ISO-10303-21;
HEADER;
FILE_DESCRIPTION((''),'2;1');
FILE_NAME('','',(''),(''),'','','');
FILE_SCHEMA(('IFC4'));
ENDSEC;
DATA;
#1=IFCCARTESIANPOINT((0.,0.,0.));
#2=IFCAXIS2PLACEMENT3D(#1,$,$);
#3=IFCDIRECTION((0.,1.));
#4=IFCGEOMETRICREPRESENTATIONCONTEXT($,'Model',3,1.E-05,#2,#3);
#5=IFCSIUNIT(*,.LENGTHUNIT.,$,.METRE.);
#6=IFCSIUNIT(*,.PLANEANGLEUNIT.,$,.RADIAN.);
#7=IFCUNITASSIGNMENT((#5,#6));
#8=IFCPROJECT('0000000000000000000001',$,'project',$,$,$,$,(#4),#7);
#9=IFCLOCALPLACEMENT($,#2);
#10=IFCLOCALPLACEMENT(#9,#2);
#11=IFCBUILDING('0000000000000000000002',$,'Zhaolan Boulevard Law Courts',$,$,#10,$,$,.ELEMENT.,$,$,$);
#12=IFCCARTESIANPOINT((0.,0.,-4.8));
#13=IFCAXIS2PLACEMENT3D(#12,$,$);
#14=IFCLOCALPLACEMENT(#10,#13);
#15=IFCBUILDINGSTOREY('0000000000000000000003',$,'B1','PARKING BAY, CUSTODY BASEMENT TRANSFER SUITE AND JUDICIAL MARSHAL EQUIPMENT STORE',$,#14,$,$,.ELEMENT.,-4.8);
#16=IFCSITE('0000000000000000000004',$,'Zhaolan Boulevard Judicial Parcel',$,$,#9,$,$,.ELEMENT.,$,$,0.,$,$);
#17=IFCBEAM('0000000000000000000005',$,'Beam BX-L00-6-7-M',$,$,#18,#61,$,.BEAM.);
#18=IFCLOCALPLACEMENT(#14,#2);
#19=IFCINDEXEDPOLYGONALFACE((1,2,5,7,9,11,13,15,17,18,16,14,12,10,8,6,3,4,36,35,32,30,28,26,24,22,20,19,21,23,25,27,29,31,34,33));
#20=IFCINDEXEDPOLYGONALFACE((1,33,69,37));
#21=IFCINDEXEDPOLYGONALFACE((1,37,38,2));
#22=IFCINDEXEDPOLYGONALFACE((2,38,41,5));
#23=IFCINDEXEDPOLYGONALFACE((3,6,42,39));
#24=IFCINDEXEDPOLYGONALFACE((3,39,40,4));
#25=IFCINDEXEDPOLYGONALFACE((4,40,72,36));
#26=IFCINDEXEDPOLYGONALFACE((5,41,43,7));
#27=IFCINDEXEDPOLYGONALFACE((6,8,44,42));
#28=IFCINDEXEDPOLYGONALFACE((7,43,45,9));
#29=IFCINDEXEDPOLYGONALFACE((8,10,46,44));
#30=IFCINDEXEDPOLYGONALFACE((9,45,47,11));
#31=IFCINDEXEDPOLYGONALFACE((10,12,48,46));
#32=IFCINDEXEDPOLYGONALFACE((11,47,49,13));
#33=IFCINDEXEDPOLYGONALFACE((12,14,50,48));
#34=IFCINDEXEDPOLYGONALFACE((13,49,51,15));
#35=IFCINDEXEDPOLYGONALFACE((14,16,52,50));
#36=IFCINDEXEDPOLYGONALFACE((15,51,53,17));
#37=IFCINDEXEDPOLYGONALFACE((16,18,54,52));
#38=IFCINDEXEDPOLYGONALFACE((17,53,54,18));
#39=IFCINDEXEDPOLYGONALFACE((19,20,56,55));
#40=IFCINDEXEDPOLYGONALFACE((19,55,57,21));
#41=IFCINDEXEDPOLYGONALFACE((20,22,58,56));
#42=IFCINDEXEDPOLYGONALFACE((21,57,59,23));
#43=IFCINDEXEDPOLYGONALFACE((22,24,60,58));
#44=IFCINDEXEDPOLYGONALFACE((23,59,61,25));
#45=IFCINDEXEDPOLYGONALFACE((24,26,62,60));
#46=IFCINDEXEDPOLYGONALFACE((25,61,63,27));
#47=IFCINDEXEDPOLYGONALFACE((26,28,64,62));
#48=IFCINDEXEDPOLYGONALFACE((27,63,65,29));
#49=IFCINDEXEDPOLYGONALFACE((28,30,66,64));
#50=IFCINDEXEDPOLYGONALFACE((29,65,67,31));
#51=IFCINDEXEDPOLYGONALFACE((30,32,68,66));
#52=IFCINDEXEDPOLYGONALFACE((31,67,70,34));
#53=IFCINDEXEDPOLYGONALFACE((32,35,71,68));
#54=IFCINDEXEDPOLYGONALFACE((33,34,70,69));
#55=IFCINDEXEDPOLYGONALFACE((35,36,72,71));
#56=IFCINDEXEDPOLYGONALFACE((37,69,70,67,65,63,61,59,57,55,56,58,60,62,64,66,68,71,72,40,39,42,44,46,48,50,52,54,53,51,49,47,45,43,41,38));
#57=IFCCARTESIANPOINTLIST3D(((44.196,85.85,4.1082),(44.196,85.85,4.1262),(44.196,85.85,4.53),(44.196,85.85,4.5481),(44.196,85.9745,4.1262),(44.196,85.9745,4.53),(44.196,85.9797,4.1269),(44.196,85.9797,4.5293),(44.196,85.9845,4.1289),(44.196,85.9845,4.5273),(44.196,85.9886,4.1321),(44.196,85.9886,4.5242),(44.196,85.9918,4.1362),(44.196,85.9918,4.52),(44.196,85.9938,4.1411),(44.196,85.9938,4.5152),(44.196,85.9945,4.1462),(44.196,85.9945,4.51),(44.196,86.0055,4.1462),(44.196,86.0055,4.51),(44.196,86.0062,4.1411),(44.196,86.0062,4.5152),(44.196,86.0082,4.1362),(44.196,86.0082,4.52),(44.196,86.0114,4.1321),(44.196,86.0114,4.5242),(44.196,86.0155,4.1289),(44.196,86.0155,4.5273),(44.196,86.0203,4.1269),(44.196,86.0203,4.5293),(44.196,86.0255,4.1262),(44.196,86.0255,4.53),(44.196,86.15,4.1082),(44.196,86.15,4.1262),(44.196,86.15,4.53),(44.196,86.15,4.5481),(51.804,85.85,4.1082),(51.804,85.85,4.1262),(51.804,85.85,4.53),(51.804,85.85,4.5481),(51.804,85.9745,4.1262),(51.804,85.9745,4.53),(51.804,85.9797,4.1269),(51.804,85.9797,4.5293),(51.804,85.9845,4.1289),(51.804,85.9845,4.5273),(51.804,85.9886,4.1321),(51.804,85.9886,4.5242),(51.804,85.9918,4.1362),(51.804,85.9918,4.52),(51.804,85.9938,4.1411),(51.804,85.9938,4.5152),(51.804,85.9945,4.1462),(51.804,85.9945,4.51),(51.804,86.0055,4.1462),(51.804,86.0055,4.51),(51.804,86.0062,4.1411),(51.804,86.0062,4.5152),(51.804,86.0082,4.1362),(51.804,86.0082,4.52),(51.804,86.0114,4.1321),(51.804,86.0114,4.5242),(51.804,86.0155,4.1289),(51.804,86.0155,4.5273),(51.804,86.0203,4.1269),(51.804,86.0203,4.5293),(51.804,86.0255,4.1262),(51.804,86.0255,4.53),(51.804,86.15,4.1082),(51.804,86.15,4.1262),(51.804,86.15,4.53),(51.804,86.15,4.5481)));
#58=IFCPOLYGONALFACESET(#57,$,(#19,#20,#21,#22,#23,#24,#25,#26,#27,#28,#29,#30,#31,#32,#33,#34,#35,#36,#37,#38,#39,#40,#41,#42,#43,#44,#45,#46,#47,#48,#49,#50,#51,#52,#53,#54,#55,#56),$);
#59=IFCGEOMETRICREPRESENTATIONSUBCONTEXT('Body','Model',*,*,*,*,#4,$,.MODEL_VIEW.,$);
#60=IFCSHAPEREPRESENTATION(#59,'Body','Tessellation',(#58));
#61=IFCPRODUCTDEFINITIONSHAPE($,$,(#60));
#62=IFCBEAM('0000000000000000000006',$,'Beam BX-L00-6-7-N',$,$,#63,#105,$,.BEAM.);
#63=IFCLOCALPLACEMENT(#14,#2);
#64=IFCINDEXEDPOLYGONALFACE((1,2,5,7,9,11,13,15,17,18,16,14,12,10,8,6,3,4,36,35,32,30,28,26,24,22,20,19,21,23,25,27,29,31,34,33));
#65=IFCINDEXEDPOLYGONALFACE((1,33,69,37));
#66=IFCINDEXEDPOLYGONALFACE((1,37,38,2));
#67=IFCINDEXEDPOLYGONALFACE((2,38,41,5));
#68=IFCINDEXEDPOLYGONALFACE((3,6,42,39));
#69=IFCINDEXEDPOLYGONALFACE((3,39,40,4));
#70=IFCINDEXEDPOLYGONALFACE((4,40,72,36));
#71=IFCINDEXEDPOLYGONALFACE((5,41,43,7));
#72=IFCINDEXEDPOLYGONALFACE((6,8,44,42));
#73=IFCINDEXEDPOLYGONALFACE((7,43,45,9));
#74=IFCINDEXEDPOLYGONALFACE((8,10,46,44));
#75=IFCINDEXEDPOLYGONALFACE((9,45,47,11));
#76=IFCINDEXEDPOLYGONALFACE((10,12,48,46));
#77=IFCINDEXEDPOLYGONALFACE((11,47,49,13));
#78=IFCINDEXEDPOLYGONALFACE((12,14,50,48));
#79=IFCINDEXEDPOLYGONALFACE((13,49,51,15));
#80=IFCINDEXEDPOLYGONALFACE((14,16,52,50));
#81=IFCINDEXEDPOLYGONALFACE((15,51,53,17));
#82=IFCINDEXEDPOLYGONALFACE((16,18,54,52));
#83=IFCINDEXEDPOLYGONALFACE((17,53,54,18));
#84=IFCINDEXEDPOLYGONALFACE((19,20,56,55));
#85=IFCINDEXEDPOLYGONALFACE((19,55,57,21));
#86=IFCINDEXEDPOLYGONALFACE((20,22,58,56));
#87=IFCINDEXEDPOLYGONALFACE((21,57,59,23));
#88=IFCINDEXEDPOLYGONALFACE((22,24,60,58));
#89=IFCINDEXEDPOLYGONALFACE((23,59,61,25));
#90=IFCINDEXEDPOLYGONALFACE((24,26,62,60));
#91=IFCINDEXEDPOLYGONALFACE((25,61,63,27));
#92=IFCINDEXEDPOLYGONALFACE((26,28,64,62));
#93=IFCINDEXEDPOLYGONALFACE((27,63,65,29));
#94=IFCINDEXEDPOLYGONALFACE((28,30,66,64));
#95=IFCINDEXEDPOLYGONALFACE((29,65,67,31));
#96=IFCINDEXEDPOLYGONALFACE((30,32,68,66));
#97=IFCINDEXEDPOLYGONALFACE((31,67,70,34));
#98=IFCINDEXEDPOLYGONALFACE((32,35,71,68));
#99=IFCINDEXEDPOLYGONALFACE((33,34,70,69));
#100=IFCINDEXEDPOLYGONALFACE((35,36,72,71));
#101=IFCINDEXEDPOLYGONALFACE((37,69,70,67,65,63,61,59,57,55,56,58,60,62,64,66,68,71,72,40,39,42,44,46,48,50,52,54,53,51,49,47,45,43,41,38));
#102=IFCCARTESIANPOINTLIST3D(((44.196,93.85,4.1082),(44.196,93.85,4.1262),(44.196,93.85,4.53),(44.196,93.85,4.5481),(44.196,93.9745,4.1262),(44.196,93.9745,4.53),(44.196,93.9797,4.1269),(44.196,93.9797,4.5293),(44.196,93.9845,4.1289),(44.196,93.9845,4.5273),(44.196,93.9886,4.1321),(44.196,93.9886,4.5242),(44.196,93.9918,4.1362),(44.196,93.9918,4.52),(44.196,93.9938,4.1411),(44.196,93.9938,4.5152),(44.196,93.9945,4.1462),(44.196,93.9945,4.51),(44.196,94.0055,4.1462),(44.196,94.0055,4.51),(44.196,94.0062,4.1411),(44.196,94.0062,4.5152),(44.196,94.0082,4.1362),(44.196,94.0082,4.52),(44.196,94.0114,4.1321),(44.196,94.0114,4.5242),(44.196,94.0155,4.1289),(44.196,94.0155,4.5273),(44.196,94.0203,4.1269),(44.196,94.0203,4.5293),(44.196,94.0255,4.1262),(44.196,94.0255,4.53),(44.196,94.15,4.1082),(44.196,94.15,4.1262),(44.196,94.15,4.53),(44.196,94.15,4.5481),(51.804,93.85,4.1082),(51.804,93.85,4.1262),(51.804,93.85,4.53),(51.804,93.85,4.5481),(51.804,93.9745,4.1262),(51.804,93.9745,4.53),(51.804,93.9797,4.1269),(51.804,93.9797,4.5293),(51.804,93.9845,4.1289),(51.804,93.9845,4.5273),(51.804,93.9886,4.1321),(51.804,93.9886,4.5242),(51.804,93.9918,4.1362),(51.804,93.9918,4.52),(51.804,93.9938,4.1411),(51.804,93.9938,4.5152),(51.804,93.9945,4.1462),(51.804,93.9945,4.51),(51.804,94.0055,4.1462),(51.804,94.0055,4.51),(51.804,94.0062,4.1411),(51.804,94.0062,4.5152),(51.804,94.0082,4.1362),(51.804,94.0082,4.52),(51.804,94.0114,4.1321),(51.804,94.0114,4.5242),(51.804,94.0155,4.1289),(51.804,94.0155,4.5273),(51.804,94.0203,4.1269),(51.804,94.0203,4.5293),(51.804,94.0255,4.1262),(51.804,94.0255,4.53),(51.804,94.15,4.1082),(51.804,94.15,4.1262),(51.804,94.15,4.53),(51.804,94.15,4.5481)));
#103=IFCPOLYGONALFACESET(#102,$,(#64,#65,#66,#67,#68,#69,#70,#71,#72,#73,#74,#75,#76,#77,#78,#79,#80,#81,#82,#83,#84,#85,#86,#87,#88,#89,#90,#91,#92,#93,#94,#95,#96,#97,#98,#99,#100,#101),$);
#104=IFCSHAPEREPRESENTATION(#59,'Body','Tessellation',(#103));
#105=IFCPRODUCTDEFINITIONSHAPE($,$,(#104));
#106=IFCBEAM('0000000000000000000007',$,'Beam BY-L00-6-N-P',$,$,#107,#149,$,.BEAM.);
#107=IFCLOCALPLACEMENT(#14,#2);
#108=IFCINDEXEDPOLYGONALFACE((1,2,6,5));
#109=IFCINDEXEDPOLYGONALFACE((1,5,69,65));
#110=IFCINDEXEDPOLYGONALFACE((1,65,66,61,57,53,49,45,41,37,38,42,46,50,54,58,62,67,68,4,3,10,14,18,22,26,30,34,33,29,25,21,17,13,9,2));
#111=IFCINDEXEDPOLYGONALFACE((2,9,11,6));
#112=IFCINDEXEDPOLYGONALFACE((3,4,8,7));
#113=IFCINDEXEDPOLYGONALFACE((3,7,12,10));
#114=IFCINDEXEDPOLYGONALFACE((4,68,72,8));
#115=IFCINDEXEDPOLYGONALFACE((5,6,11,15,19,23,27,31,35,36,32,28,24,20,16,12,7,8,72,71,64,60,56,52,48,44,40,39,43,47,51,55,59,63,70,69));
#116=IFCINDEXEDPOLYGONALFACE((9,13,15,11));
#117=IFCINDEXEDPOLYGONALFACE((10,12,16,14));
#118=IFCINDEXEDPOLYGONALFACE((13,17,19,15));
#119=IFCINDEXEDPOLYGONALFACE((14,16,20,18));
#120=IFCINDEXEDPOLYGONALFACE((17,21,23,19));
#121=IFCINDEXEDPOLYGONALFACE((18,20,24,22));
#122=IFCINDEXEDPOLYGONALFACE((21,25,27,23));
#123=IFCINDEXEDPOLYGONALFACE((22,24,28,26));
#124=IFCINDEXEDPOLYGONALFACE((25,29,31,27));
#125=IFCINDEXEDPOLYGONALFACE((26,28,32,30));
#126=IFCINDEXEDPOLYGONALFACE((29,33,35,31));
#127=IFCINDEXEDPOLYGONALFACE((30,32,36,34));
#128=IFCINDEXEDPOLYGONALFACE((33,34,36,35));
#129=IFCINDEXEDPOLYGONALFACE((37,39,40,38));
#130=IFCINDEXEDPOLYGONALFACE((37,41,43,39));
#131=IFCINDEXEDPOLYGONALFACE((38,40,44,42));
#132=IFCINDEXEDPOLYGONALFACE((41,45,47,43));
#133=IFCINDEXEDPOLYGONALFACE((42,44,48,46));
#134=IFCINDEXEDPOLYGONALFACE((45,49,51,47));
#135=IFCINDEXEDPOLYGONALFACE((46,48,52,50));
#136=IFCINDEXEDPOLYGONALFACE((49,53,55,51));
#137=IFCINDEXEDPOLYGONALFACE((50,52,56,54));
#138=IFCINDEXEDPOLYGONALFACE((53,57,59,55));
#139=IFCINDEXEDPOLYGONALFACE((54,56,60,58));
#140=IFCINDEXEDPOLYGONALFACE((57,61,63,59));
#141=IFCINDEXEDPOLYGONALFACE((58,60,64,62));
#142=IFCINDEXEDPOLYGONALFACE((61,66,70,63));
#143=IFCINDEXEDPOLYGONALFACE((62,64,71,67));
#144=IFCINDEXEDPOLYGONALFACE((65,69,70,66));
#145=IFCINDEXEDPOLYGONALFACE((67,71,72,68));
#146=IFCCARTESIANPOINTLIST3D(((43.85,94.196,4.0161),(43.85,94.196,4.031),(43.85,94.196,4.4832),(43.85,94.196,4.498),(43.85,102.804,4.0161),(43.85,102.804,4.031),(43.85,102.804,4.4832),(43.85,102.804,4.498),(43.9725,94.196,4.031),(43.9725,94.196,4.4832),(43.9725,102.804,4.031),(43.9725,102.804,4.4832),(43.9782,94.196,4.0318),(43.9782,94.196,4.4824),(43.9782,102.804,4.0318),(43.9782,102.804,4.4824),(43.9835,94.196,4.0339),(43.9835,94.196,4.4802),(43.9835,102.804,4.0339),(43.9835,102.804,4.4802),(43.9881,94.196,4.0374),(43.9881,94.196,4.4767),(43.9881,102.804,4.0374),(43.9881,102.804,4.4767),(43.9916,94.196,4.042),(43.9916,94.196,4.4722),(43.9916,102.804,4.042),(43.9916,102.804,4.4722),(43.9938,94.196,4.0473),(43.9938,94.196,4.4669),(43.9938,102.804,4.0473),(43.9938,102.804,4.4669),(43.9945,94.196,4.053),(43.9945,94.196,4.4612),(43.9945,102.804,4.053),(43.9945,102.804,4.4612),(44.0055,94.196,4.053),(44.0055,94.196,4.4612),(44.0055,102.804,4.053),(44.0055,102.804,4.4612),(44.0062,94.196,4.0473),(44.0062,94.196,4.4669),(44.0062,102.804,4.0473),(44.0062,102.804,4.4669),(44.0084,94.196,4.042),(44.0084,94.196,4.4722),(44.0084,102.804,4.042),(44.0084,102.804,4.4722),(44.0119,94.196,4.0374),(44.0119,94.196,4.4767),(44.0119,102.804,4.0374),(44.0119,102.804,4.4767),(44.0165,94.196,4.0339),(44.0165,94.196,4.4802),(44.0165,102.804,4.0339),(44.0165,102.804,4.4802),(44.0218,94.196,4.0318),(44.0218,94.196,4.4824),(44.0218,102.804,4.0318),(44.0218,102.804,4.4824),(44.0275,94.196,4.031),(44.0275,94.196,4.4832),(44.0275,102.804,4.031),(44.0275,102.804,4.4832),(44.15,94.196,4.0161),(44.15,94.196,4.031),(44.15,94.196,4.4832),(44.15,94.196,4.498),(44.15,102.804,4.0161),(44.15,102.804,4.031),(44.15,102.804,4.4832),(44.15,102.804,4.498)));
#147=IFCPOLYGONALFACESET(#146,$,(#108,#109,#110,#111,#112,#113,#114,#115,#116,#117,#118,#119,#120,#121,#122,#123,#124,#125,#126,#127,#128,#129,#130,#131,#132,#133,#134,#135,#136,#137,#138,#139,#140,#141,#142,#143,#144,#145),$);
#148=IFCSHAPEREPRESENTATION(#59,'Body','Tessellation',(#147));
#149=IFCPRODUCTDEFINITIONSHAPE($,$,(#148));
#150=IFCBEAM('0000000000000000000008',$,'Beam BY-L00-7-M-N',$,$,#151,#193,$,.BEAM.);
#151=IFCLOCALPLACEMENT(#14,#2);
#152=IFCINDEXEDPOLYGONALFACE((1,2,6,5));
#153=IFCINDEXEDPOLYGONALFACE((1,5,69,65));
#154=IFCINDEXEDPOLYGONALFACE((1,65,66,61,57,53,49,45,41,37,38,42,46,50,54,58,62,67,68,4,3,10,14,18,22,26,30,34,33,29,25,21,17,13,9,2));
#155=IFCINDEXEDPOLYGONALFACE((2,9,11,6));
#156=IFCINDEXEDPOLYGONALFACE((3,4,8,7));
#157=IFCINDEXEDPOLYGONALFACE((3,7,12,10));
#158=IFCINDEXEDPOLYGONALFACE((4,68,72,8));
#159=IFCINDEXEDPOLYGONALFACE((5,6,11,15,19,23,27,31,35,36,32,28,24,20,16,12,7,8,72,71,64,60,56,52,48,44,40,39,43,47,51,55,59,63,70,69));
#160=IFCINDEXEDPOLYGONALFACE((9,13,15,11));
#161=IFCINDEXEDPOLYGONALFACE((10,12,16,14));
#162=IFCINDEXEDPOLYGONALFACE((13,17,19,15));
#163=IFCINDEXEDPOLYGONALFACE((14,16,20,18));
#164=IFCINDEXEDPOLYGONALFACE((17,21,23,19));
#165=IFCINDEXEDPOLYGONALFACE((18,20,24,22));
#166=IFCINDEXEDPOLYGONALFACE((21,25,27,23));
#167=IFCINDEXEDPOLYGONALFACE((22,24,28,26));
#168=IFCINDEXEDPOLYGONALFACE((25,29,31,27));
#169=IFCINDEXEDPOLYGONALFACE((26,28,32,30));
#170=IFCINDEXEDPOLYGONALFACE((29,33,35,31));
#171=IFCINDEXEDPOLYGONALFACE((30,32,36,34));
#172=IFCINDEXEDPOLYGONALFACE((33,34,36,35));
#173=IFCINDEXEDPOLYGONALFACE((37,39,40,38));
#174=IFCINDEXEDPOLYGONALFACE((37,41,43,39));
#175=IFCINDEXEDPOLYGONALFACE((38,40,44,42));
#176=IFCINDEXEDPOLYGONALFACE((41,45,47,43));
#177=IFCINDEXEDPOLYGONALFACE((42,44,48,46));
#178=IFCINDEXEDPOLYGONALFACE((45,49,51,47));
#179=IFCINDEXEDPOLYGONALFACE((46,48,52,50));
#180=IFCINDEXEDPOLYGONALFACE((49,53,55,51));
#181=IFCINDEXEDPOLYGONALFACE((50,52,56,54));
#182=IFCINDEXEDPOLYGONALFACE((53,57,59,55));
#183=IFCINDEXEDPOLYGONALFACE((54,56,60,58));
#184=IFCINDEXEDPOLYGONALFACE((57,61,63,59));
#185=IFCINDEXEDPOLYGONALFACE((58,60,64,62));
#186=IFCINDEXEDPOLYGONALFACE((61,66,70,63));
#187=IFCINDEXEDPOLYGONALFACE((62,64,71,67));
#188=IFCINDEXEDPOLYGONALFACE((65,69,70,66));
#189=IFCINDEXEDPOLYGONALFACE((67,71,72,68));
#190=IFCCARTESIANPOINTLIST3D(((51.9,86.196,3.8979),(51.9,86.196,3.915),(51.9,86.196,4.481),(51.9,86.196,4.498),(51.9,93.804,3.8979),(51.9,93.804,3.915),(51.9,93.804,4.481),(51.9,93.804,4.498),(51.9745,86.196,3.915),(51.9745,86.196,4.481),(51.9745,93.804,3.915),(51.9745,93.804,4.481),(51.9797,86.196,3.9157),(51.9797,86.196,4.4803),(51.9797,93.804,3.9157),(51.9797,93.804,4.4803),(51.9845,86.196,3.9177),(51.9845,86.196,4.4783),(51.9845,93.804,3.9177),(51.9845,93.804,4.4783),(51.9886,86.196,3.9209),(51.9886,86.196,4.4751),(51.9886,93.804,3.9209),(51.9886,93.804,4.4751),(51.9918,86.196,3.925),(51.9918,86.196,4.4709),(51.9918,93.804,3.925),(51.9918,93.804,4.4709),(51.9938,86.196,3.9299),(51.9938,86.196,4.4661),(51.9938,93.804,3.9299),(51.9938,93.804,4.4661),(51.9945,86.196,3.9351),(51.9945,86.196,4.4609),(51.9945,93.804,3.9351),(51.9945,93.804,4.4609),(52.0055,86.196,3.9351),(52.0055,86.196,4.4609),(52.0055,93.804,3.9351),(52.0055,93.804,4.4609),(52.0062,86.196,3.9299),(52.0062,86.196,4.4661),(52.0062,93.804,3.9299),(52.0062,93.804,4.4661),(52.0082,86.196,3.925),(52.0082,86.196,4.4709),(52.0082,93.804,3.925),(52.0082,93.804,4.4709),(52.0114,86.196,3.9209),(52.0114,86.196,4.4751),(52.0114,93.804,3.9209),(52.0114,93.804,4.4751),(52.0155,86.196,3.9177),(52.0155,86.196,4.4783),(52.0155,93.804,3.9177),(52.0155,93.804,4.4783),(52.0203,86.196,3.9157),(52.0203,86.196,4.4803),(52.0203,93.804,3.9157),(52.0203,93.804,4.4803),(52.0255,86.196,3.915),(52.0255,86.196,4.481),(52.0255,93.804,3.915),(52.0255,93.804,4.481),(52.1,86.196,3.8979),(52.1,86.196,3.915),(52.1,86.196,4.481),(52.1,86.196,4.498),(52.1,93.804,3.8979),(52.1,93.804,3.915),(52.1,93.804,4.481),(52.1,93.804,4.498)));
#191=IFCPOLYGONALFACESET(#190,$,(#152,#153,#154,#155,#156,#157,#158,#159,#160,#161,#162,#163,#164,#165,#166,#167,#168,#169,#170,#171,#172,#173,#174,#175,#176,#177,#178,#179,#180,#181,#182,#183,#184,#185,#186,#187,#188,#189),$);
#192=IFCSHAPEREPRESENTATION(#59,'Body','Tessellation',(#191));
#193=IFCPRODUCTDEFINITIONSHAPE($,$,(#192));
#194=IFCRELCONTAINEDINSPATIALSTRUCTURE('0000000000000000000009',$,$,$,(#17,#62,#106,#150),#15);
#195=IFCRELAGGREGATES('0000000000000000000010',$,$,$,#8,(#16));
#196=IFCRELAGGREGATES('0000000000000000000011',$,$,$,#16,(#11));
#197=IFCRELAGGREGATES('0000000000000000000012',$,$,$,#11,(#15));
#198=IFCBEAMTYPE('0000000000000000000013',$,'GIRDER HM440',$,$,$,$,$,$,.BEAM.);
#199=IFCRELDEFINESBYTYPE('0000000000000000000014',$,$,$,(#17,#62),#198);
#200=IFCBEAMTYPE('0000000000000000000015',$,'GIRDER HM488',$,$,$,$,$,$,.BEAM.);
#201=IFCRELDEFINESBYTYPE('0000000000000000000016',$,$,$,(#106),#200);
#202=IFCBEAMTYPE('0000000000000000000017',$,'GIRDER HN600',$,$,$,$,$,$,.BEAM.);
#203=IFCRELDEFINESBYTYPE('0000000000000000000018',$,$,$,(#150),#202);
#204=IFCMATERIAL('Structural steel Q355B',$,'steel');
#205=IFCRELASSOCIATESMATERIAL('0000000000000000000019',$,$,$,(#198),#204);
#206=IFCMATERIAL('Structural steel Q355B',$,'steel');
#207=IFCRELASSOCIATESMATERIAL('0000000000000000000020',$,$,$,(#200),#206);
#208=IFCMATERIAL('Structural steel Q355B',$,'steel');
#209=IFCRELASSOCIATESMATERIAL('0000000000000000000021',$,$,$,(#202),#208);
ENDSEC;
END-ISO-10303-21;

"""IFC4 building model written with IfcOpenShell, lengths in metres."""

from ifc_helpers import new_model, si_unit, direction, frame, origin, origin_2d, place, context, subcontext, project, spatial, i_section, extrude, material, material_profile, profile_set, type_object, element, save


model = new_model("IFC4")

# Units and contexts
model_context = context("Model", 3, precision=1e-05, world=origin(), true_north=direction((0.0, 1.0)))
body_context = subcontext(model_context, "Body", "Model", "MODEL_VIEW")
ifc_project = project(units=[si_unit("LENGTHUNIT", "METRE"), si_unit("PLANEANGLEUNIT", "RADIAN")], contexts=[model_context])

# Site, building, storey
site_placement = place(None, origin())
site = spatial("IfcSite", under=ifc_project, at=site_placement, Name="Zhaolan Boulevard Judicial Parcel", CompositionType="ELEMENT", RefElevation=0.0)
building_placement = place(site_placement, origin())
building = spatial("IfcBuilding", under=site, at=building_placement, Name="Zhaolan Boulevard Law Courts", CompositionType="ELEMENT")
storey_placement = place(building_placement, frame((0.0, 0.0, -4.8)))
storey = spatial("IfcBuildingStorey", under=building, at=storey_placement, Name="B1", Description="PARKING BAY, CUSTODY BASEMENT TRANSFER SUITE AND JUDICIAL MARSHAL EQUIPMENT STORE", CompositionType="ELEMENT", Elevation=-4.8)

# Beams
ifc_material_1 = material(Name="Structural steel Q355B", Category="steel")
ifc_material_profile_1 = material_profile(ifc_material_1, i_section(OverallWidth=0.3, OverallDepth=0.4399, WebThickness=0.011, FlangeThickness=0.0181, FilletRadius=0.02, at=origin_2d()), Name="HM440x300")
ifc_profile_set_1 = profile_set([ifc_material_profile_1], Name="Structural steel Q355B")
beam_type_1 = type_object("IfcBeamType", Name="GIRDER HM440", PredefinedType="BEAM", material=ifc_profile_set_1)
for number, where, z_axis, x_axis, name in (
    (1, (44.196, 86.0, 4.3281), (1.0, 0.0, 0.0), (0.0, 1.0, 0.0), "Beam BX-L00-6-7-M"),
    (2, (44.196, 94.0, 4.3281), (1.0, 0.0, 0.0), (0.0, 1.0, 0.0), "Beam BX-L00-6-7-N"),
):
    element("IfcBeam", number, at=place(storey_placement, frame(where, z_axis=z_axis, x_axis=x_axis)), inside=storey, type_object=beam_type_1, Name=name, PredefinedType="BEAM", context=body_context, shape_type="SweptSolid", body=[
        extrude(i_section(OverallWidth=0.3, OverallDepth=0.4399, WebThickness=0.011, FlangeThickness=0.0181, FilletRadius=0.02, at=origin_2d()), origin(), (0.0, 0.0, 1.0), 7.6079),
    ])
ifc_material_2 = material(Name="Structural steel Q355B", Category="steel")
ifc_material_profile_2 = material_profile(ifc_material_2, i_section(OverallWidth=0.3, OverallDepth=0.4819, WebThickness=0.011, FlangeThickness=0.0149, FilletRadius=0.022, at=origin_2d()), Name="HM482x300")
ifc_profile_set_2 = profile_set([ifc_material_profile_2], Name="Structural steel Q355B")
beam_type_2 = type_object("IfcBeamType", Name="GIRDER HM488", PredefinedType="BEAM", material=ifc_profile_set_2)
beam_1_placement = place(storey_placement, frame((44.0, 94.196, 4.2571), z_axis=(0.0, 1.0, 0.0), x_axis=(-1.0, 0.0, 0.0)))
element("IfcBeam", 3, at=beam_1_placement, inside=storey, type_object=beam_type_2, Name="Beam BY-L00-6-N-P", PredefinedType="BEAM", context=body_context, shape_type="SweptSolid", body=[
    extrude(i_section(OverallWidth=0.3, OverallDepth=0.4819, WebThickness=0.011, FlangeThickness=0.0149, FilletRadius=0.022, at=origin_2d()), origin(), (0.0, 0.0, 1.0), 8.6079),
])
ifc_material_3 = material(Name="Structural steel Q355B", Category="steel")
ifc_material_profile_3 = material_profile(ifc_material_3, i_section(OverallWidth=0.2, OverallDepth=0.6001, WebThickness=0.011, FlangeThickness=0.0171, FilletRadius=0.02, at=origin_2d()), Name="HN600x200")
ifc_profile_set_3 = profile_set([ifc_material_profile_3], Name="Structural steel Q355B")
beam_type_3 = type_object("IfcBeamType", Name="GIRDER HN600", PredefinedType="BEAM", material=ifc_profile_set_3)
beam_2_placement = place(storey_placement, frame((52.0, 86.196, 4.198), z_axis=(0.0, 1.0, 0.0), x_axis=(-1.0, 0.0, 0.0)))
element("IfcBeam", 4, at=beam_2_placement, inside=storey, type_object=beam_type_3, Name="Beam BY-L00-7-M-N", PredefinedType="BEAM", context=body_context, shape_type="SweptSolid", body=[
    extrude(i_section(OverallWidth=0.2, OverallDepth=0.6001, WebThickness=0.011, FlangeThickness=0.0171, FilletRadius=0.02, at=origin_2d()), origin(), (0.0, 0.0, 1.0), 7.6079),
])

save(model, "model.ifc")
